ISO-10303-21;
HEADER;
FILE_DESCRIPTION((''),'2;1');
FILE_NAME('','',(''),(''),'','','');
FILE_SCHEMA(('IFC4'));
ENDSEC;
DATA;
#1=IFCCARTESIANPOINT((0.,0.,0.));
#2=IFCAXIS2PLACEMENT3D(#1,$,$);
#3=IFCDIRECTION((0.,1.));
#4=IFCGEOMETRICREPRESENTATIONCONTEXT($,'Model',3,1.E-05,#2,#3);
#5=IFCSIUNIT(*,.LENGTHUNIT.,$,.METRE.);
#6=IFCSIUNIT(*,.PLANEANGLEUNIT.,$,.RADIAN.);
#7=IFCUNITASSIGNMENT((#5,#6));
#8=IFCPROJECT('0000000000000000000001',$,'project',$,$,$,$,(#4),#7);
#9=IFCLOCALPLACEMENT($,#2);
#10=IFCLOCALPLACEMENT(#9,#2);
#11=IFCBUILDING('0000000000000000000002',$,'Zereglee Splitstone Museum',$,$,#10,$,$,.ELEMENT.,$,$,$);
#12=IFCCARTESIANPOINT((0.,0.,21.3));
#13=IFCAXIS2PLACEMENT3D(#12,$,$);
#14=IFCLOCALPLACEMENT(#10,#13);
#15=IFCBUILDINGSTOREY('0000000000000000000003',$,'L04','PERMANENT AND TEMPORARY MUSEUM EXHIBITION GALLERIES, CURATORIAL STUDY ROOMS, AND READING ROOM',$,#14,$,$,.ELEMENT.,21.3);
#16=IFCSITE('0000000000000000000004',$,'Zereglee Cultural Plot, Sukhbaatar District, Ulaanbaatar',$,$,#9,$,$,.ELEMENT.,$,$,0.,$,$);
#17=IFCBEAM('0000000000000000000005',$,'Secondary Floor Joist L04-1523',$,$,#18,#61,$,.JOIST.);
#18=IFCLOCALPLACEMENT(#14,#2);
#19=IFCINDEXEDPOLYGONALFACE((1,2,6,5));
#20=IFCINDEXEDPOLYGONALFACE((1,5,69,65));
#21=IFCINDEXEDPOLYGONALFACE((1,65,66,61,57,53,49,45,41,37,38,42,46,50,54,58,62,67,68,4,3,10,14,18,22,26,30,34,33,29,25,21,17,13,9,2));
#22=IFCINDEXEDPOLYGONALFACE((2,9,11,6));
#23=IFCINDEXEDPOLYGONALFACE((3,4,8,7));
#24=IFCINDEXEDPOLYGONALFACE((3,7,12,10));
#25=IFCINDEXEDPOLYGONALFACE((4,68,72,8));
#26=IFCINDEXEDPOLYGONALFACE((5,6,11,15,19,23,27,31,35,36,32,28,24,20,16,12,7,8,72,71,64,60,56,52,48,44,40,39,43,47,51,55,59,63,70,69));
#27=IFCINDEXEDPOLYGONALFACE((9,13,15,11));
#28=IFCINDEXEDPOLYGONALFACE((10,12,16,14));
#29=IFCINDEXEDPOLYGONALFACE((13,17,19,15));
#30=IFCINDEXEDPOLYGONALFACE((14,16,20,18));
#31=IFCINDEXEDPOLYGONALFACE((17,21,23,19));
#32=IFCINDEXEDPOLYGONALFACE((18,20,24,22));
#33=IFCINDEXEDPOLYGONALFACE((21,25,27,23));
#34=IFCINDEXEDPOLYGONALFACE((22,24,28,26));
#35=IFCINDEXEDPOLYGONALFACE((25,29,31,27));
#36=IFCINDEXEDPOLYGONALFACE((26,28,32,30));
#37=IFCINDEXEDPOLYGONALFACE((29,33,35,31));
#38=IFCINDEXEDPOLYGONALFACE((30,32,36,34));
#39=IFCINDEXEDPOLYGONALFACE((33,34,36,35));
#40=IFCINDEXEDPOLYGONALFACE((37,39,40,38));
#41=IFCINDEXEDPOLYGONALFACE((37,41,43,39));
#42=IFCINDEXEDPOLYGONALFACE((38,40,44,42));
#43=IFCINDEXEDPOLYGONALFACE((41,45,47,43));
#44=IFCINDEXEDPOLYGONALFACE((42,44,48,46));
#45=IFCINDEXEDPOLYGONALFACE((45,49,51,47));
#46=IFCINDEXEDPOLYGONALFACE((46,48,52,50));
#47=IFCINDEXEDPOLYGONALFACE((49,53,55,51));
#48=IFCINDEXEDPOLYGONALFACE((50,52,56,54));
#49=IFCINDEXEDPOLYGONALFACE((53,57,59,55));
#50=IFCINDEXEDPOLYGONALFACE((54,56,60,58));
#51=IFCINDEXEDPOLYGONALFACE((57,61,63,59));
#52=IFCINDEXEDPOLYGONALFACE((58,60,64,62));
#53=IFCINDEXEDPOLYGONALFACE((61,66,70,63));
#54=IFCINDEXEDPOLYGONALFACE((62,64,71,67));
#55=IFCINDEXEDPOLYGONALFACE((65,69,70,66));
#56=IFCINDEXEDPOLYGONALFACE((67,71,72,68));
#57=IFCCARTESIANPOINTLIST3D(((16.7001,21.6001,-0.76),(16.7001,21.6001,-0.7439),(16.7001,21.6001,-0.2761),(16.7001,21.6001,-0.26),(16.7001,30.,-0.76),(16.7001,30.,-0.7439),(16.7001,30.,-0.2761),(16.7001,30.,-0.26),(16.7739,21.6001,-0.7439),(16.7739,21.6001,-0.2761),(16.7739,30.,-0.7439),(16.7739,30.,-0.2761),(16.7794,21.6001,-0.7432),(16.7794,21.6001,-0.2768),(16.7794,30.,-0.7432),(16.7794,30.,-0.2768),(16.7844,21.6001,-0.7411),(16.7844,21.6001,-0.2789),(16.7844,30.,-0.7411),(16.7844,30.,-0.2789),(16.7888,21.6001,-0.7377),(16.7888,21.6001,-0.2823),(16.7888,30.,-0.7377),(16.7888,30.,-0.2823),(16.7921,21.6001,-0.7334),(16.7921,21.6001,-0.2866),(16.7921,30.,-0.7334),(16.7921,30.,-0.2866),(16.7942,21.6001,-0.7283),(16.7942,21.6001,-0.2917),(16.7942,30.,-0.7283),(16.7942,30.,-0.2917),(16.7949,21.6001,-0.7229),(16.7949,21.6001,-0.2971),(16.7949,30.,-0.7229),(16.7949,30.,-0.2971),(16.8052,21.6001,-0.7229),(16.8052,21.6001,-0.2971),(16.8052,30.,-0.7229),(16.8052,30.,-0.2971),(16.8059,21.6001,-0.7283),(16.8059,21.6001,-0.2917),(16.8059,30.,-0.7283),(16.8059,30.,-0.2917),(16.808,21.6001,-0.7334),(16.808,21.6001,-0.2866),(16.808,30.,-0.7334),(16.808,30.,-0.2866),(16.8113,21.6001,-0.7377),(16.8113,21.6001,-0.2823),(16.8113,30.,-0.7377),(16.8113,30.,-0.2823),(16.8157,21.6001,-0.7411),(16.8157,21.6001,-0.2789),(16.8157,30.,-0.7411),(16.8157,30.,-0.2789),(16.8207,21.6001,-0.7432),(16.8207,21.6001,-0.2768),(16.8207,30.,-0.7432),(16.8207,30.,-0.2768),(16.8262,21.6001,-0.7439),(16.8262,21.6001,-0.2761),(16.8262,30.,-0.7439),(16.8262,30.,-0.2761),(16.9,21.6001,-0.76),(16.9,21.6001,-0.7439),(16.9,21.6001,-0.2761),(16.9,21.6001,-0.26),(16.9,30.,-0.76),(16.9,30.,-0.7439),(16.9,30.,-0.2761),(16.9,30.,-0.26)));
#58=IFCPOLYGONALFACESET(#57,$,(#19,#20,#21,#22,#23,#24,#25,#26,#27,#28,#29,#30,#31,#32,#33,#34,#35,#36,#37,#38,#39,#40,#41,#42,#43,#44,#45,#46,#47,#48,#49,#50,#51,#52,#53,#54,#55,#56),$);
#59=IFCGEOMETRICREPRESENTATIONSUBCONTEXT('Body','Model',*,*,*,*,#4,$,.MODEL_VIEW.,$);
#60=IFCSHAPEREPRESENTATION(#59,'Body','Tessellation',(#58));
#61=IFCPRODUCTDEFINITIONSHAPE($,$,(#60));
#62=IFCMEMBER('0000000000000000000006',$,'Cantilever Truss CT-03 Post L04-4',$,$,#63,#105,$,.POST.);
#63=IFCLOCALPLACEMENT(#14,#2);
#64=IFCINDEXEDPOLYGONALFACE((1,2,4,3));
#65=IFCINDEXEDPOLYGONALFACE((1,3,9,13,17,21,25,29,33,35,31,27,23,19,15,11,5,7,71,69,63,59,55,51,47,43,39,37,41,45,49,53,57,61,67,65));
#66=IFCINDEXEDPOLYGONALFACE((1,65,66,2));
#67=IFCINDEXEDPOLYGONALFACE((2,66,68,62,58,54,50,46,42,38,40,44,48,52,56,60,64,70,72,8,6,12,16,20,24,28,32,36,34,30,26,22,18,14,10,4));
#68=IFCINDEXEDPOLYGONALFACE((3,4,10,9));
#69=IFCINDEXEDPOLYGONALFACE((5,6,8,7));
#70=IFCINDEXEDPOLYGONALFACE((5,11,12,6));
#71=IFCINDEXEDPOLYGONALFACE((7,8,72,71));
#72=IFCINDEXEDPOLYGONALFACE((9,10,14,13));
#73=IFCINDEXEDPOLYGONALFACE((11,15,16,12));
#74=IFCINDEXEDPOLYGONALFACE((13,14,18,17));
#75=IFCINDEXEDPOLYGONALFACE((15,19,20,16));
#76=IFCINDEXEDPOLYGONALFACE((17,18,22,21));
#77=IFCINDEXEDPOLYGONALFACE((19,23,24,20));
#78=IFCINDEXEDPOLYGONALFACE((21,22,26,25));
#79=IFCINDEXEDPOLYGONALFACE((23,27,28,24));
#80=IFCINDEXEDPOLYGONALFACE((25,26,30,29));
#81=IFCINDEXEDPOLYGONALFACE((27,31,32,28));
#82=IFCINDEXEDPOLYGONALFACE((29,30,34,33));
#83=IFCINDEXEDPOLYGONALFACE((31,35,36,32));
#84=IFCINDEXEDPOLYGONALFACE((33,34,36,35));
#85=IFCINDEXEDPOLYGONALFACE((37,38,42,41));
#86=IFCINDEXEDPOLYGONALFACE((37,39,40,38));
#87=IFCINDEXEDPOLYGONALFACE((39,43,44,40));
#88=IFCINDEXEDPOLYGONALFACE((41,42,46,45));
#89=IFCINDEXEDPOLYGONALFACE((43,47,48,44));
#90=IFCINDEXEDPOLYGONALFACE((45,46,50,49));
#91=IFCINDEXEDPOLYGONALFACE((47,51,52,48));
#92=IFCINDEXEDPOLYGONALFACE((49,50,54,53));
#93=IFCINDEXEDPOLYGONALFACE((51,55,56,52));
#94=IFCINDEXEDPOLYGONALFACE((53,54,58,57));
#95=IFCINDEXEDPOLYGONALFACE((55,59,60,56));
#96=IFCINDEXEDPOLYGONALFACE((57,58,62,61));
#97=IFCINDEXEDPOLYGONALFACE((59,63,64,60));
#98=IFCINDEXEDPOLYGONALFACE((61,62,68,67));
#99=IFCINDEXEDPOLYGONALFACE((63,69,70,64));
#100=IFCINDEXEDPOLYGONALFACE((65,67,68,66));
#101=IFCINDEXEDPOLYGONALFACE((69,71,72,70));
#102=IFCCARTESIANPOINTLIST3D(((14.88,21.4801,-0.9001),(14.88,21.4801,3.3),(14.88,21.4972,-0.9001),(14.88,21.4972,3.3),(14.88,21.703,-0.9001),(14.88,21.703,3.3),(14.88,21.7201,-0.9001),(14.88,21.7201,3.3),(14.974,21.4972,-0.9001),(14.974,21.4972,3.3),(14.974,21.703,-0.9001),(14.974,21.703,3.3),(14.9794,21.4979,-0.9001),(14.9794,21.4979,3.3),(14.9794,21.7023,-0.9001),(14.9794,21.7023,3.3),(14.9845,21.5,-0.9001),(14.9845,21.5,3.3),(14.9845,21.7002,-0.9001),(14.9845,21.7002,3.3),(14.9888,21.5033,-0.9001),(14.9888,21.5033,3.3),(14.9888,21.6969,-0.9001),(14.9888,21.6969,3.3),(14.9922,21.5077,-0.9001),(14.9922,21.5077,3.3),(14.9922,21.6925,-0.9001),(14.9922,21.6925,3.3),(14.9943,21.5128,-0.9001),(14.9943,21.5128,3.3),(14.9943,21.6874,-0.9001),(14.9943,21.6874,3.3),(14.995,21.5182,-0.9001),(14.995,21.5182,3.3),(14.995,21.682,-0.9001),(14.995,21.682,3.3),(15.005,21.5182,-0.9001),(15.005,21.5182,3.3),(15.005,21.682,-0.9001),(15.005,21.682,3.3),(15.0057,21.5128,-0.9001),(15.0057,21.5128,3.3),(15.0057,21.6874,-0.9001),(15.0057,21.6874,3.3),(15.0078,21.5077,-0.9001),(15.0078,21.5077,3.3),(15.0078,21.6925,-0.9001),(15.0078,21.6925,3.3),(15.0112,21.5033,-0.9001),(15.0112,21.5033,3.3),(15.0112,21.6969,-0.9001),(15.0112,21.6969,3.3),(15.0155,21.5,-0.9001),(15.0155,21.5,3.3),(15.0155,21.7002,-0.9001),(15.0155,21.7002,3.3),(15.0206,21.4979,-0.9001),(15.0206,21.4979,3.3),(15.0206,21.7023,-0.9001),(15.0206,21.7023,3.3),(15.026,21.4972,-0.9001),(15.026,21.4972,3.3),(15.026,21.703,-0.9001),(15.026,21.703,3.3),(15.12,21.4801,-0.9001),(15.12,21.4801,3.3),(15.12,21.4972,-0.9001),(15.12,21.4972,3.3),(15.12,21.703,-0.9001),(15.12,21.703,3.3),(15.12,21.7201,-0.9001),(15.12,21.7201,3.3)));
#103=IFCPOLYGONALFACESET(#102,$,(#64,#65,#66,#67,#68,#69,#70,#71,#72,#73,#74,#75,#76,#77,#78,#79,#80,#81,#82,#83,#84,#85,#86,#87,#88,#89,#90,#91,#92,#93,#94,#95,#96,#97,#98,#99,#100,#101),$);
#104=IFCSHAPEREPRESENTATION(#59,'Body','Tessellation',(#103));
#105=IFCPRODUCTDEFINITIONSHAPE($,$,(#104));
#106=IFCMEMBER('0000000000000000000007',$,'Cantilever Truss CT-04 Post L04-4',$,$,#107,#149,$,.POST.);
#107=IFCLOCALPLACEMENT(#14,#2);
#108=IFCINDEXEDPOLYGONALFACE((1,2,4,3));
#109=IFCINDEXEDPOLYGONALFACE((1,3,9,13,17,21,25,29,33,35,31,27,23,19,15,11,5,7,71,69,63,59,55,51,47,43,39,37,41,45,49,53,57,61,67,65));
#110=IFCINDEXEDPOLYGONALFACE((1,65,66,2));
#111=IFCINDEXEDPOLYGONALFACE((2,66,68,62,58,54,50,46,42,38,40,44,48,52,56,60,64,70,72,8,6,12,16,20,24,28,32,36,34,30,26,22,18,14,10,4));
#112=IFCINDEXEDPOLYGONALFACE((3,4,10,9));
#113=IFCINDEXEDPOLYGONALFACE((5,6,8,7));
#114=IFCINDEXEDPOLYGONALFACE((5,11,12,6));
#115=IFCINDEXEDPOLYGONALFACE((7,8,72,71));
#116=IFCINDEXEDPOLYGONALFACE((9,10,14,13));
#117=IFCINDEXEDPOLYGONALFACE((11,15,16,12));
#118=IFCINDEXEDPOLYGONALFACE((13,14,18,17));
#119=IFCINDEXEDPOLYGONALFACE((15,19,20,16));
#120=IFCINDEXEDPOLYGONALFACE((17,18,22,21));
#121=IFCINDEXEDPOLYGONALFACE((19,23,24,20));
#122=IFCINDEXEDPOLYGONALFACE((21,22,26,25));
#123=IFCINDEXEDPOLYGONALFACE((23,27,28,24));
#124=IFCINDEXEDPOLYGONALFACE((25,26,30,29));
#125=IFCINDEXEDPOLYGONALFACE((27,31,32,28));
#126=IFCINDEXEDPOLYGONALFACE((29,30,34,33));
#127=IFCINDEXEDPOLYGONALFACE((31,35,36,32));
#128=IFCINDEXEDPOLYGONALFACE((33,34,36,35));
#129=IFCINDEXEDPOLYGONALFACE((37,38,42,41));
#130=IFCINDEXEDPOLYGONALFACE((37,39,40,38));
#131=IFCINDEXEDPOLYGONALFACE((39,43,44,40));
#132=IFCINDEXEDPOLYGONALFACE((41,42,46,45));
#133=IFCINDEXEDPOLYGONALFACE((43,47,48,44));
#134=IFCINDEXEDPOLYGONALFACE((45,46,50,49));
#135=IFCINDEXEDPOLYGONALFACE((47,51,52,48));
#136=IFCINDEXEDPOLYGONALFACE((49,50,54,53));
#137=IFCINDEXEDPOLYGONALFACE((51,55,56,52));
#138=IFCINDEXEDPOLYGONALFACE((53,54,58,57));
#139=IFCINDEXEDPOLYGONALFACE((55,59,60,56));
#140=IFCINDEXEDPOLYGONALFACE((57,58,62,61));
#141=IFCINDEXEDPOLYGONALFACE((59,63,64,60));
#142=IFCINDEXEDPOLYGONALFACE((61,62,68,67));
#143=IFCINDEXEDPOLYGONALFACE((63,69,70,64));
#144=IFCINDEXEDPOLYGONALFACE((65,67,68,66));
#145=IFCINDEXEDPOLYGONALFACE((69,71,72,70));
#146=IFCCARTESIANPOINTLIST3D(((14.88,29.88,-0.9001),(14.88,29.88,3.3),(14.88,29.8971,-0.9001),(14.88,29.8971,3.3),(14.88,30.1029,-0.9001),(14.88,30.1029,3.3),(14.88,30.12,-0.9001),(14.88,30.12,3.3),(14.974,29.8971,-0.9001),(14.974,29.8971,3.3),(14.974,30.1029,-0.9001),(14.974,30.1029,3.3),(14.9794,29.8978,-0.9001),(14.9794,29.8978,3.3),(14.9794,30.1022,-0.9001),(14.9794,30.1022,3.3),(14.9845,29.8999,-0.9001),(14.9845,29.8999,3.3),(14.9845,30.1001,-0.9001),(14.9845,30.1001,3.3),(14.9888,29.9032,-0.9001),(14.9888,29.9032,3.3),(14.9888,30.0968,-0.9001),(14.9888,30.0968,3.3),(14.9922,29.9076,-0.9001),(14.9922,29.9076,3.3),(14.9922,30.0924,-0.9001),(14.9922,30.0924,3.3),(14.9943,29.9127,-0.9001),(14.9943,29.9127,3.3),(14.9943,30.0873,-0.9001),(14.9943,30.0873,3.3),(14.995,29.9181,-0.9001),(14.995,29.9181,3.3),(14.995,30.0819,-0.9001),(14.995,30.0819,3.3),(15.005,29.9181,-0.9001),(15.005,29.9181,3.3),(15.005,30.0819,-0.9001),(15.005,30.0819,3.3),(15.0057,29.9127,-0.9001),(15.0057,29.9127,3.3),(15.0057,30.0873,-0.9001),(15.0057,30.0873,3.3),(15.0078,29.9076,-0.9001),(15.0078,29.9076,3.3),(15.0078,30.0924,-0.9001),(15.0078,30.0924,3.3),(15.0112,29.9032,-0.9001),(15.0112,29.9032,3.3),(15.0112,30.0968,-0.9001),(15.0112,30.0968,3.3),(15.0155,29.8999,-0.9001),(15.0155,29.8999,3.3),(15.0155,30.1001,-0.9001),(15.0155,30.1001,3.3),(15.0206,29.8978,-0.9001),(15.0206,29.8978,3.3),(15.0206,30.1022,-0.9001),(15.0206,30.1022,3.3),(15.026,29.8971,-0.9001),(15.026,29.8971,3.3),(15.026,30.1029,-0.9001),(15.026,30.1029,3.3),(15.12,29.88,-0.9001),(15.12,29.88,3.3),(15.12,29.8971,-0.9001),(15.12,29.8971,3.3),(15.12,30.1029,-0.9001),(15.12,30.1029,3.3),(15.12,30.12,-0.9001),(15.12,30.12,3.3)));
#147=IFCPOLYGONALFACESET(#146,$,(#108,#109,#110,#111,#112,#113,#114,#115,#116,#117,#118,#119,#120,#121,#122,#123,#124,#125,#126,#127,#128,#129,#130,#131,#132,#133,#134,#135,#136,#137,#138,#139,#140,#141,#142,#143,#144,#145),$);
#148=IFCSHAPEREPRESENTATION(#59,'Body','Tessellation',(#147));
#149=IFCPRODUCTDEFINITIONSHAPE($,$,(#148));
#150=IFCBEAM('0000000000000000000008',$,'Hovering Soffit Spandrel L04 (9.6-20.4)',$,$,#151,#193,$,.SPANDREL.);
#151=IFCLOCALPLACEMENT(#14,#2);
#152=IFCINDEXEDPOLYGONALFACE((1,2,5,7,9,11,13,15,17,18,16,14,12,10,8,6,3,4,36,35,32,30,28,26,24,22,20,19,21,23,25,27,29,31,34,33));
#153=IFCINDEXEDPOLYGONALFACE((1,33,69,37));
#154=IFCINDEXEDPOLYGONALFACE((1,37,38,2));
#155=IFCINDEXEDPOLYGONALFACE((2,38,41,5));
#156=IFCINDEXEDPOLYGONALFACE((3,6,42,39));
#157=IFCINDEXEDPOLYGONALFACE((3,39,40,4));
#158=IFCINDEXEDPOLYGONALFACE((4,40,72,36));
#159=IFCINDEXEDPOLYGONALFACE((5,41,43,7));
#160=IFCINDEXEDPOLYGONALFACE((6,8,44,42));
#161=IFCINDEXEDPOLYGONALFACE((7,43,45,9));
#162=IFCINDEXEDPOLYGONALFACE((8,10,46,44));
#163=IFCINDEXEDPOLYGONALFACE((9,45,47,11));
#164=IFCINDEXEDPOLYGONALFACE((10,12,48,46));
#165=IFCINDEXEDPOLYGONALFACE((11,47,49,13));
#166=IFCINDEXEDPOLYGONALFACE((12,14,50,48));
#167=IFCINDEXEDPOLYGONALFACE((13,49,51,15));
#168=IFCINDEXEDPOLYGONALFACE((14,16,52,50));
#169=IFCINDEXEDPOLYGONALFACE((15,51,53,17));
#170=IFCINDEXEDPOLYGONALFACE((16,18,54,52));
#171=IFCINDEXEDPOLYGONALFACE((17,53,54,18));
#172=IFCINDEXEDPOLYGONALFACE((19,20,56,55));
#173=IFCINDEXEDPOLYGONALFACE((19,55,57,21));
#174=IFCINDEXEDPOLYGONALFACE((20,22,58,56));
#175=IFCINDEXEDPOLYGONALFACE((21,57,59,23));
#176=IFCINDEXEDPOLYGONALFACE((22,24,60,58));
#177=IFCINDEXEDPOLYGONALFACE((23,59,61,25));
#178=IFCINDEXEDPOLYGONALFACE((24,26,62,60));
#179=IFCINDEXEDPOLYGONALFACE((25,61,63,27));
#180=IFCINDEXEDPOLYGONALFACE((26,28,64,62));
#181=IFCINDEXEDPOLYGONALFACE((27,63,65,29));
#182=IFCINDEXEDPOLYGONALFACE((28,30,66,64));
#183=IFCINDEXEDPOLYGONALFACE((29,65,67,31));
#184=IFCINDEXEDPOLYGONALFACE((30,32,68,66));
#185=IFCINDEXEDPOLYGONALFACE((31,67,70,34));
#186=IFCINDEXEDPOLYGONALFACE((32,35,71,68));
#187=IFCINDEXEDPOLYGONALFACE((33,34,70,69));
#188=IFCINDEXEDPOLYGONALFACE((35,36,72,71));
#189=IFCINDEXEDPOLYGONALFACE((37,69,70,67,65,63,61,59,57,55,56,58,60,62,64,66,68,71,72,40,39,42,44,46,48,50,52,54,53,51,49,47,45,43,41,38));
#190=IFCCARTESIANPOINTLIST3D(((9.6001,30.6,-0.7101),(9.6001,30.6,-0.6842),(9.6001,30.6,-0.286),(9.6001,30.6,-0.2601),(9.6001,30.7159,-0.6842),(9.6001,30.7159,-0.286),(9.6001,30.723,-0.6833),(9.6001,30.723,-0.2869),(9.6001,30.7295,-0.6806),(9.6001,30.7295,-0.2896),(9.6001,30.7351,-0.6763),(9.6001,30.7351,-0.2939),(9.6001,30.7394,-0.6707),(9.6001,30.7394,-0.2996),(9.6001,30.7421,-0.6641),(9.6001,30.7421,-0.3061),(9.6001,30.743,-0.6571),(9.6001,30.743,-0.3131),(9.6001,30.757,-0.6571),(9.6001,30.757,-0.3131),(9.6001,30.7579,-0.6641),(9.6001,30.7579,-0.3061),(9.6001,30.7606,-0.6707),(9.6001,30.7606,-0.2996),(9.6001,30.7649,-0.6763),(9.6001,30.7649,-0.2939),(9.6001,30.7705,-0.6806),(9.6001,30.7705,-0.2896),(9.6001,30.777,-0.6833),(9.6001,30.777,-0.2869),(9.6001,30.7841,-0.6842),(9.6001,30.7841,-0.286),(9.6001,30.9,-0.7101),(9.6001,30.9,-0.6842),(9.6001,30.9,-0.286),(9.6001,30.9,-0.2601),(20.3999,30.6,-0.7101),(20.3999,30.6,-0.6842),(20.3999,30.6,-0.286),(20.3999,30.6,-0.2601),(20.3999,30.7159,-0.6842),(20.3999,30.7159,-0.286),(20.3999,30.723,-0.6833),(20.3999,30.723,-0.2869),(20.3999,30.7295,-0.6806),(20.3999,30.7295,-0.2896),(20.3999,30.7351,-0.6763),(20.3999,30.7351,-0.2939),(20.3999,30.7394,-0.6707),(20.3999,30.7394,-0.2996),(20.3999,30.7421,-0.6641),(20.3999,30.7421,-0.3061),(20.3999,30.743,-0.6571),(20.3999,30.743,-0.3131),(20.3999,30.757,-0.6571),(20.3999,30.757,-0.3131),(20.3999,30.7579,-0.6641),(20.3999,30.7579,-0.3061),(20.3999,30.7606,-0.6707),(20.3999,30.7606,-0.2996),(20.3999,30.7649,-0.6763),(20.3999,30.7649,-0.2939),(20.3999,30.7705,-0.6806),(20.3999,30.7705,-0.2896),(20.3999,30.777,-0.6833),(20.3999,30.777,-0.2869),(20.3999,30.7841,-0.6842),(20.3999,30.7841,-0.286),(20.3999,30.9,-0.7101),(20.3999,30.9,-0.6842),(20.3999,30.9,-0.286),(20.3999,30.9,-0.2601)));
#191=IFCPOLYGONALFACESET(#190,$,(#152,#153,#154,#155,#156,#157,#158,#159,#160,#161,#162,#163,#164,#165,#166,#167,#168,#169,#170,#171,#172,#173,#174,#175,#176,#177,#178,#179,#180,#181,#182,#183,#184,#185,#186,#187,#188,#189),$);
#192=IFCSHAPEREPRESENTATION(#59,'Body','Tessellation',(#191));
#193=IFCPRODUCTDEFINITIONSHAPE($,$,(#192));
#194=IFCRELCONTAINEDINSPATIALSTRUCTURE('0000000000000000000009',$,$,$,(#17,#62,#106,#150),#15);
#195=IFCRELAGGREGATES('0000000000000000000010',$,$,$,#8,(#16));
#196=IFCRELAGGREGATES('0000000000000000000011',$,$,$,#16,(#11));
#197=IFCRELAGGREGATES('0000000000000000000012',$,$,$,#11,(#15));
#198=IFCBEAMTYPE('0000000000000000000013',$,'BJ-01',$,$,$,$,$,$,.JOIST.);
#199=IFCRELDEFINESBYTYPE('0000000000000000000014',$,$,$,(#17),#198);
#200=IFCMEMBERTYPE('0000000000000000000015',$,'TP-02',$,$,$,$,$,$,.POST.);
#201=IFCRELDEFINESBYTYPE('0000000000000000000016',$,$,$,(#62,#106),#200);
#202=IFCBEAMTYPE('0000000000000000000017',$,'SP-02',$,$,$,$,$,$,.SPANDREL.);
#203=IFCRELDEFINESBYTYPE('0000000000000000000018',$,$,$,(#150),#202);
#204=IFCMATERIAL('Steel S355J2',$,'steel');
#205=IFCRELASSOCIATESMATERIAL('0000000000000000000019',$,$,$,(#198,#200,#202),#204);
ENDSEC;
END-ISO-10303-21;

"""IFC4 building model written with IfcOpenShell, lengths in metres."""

from ifc_helpers import new_model, si_unit, direction, frame, origin, origin_2d, place, context, subcontext, project, spatial, i_section, extrude, material, material_profile, profile_set, type_object, element, save


model = new_model("IFC4")

# Units and contexts
model_context = context("Model", 3, precision=1e-05, world=origin(), true_north=direction((0.0, 1.0)))
body_context = subcontext(model_context, "Body", "Model", "MODEL_VIEW")
ifc_project = project(units=[si_unit("LENGTHUNIT", "METRE"), si_unit("PLANEANGLEUNIT", "RADIAN")], contexts=[model_context])

# Site, building, storey
site_placement = place(None, origin())
site = spatial("IfcSite", under=ifc_project, at=site_placement, Name="Zereglee Cultural Plot, Sukhbaatar District, Ulaanbaatar", CompositionType="ELEMENT", RefElevation=0.0)
building_placement = place(site_placement, origin())
building = spatial("IfcBuilding", under=site, at=building_placement, Name="Zereglee Splitstone Museum", CompositionType="ELEMENT")
storey_placement = place(building_placement, frame((0.0, 0.0, 21.3)))
storey = spatial("IfcBuildingStorey", under=building, at=storey_placement, Name="L04", Description="PERMANENT AND TEMPORARY MUSEUM EXHIBITION GALLERIES, CURATORIAL STUDY ROOMS, AND READING ROOM", CompositionType="ELEMENT", Elevation=21.3)

# Beam
ifc_material_1 = material(Name="Steel S355J2", Category="steel")
ifc_material_profile_1 = material_profile(ifc_material_1, i_section(OverallWidth=0.2, OverallDepth=0.5, WebThickness=0.0103, FlangeThickness=0.0161, FilletRadius=0.021, at=origin_2d()), Name="IPE 500")
ifc_profile_set_1 = profile_set([ifc_material_profile_1], Name="Steel S355J2")
beam_type_1 = type_object("IfcBeamType", Name="BJ-01", PredefinedType="JOIST", material=ifc_profile_set_1)
for number, where, z_axis, x_axis, name in (
    (1, (16.8, 21.6001, -0.51), (0.0, 1.0, 0.0), (-1.0, 0.0, 0.0), "Secondary Floor Joist L04-1523"),
):
    element("IfcBeam", number, at=place(storey_placement, frame(where, z_axis=z_axis, x_axis=x_axis)), inside=storey, type_object=beam_type_1, Name=name, PredefinedType="JOIST", context=body_context, shape_type="SweptSolid", body=[
        extrude(i_section(OverallWidth=0.2, OverallDepth=0.5, WebThickness=0.0103, FlangeThickness=0.0161, FilletRadius=0.021, at=origin_2d()), origin(), (0.0, 0.0, 1.0), 8.3999),
    ])

# Members
ifc_material_profile_2 = material_profile(ifc_material_1, i_section(OverallWidth=0.24, OverallDepth=0.24, WebThickness=0.01, FlangeThickness=0.0171, FilletRadius=0.021, at=origin_2d()), Name="HE 240 B")
ifc_profile_set_2 = profile_set([ifc_material_profile_2], Name="Steel S355J2")
member_type_1 = type_object("IfcMemberType", Name="TP-02", PredefinedType="POST", material=ifc_profile_set_2)
for number, where, z_axis, x_axis, name in (
    (2, (15.0, 21.6001, -0.9001), (0.0, 0.0, 1.0), (1.0, 0.0, 0.0), "Cantilever Truss CT-03 Post L04-4"),
    (3, (15.0, 30.0, -0.9001), (0.0, 0.0, 1.0), (1.0, 0.0, 0.0), "Cantilever Truss CT-04 Post L04-4"),
):
    element("IfcMember", number, at=place(storey_placement, frame(where, z_axis=z_axis, x_axis=x_axis)), inside=storey, type_object=member_type_1, Name=name, PredefinedType="POST", context=body_context, shape_type="SweptSolid", body=[
        extrude(i_section(OverallWidth=0.24, OverallDepth=0.24, WebThickness=0.01, FlangeThickness=0.0171, FilletRadius=0.021, at=origin_2d()), origin(), (0.0, 0.0, 1.0), 4.2002),
    ])

# Beam
ifc_material_profile_3 = material_profile(ifc_material_1, i_section(OverallWidth=0.3, OverallDepth=0.45, WebThickness=0.0139, FlangeThickness=0.0259, FilletRadius=0.0271, at=origin_2d()), Name="HE 450 B")
ifc_profile_set_3 = profile_set([ifc_material_profile_3], Name="Steel S355J2")
beam_type_2 = type_object("IfcBeamType", Name="SP-02", PredefinedType="SPANDREL", material=ifc_profile_set_3)
beam_1_placement = place(storey_placement, frame((9.6001, 30.75, -0.4851), z_axis=(1.0, 0.0, 0.0), x_axis=(0.0, 1.0, 0.0)))
element("IfcBeam", 4, at=beam_1_placement, inside=storey, type_object=beam_type_2, Name="Hovering Soffit Spandrel L04 (9.6-20.4)", PredefinedType="SPANDREL", context=body_context, shape_type="SweptSolid", body=[
    extrude(i_section(OverallWidth=0.3, OverallDepth=0.45, WebThickness=0.0139, FlangeThickness=0.0259, FilletRadius=0.0271, at=origin_2d()), origin(), (0.0, 0.0, 1.0), 10.7998),
])

save(model, "model.ifc")
